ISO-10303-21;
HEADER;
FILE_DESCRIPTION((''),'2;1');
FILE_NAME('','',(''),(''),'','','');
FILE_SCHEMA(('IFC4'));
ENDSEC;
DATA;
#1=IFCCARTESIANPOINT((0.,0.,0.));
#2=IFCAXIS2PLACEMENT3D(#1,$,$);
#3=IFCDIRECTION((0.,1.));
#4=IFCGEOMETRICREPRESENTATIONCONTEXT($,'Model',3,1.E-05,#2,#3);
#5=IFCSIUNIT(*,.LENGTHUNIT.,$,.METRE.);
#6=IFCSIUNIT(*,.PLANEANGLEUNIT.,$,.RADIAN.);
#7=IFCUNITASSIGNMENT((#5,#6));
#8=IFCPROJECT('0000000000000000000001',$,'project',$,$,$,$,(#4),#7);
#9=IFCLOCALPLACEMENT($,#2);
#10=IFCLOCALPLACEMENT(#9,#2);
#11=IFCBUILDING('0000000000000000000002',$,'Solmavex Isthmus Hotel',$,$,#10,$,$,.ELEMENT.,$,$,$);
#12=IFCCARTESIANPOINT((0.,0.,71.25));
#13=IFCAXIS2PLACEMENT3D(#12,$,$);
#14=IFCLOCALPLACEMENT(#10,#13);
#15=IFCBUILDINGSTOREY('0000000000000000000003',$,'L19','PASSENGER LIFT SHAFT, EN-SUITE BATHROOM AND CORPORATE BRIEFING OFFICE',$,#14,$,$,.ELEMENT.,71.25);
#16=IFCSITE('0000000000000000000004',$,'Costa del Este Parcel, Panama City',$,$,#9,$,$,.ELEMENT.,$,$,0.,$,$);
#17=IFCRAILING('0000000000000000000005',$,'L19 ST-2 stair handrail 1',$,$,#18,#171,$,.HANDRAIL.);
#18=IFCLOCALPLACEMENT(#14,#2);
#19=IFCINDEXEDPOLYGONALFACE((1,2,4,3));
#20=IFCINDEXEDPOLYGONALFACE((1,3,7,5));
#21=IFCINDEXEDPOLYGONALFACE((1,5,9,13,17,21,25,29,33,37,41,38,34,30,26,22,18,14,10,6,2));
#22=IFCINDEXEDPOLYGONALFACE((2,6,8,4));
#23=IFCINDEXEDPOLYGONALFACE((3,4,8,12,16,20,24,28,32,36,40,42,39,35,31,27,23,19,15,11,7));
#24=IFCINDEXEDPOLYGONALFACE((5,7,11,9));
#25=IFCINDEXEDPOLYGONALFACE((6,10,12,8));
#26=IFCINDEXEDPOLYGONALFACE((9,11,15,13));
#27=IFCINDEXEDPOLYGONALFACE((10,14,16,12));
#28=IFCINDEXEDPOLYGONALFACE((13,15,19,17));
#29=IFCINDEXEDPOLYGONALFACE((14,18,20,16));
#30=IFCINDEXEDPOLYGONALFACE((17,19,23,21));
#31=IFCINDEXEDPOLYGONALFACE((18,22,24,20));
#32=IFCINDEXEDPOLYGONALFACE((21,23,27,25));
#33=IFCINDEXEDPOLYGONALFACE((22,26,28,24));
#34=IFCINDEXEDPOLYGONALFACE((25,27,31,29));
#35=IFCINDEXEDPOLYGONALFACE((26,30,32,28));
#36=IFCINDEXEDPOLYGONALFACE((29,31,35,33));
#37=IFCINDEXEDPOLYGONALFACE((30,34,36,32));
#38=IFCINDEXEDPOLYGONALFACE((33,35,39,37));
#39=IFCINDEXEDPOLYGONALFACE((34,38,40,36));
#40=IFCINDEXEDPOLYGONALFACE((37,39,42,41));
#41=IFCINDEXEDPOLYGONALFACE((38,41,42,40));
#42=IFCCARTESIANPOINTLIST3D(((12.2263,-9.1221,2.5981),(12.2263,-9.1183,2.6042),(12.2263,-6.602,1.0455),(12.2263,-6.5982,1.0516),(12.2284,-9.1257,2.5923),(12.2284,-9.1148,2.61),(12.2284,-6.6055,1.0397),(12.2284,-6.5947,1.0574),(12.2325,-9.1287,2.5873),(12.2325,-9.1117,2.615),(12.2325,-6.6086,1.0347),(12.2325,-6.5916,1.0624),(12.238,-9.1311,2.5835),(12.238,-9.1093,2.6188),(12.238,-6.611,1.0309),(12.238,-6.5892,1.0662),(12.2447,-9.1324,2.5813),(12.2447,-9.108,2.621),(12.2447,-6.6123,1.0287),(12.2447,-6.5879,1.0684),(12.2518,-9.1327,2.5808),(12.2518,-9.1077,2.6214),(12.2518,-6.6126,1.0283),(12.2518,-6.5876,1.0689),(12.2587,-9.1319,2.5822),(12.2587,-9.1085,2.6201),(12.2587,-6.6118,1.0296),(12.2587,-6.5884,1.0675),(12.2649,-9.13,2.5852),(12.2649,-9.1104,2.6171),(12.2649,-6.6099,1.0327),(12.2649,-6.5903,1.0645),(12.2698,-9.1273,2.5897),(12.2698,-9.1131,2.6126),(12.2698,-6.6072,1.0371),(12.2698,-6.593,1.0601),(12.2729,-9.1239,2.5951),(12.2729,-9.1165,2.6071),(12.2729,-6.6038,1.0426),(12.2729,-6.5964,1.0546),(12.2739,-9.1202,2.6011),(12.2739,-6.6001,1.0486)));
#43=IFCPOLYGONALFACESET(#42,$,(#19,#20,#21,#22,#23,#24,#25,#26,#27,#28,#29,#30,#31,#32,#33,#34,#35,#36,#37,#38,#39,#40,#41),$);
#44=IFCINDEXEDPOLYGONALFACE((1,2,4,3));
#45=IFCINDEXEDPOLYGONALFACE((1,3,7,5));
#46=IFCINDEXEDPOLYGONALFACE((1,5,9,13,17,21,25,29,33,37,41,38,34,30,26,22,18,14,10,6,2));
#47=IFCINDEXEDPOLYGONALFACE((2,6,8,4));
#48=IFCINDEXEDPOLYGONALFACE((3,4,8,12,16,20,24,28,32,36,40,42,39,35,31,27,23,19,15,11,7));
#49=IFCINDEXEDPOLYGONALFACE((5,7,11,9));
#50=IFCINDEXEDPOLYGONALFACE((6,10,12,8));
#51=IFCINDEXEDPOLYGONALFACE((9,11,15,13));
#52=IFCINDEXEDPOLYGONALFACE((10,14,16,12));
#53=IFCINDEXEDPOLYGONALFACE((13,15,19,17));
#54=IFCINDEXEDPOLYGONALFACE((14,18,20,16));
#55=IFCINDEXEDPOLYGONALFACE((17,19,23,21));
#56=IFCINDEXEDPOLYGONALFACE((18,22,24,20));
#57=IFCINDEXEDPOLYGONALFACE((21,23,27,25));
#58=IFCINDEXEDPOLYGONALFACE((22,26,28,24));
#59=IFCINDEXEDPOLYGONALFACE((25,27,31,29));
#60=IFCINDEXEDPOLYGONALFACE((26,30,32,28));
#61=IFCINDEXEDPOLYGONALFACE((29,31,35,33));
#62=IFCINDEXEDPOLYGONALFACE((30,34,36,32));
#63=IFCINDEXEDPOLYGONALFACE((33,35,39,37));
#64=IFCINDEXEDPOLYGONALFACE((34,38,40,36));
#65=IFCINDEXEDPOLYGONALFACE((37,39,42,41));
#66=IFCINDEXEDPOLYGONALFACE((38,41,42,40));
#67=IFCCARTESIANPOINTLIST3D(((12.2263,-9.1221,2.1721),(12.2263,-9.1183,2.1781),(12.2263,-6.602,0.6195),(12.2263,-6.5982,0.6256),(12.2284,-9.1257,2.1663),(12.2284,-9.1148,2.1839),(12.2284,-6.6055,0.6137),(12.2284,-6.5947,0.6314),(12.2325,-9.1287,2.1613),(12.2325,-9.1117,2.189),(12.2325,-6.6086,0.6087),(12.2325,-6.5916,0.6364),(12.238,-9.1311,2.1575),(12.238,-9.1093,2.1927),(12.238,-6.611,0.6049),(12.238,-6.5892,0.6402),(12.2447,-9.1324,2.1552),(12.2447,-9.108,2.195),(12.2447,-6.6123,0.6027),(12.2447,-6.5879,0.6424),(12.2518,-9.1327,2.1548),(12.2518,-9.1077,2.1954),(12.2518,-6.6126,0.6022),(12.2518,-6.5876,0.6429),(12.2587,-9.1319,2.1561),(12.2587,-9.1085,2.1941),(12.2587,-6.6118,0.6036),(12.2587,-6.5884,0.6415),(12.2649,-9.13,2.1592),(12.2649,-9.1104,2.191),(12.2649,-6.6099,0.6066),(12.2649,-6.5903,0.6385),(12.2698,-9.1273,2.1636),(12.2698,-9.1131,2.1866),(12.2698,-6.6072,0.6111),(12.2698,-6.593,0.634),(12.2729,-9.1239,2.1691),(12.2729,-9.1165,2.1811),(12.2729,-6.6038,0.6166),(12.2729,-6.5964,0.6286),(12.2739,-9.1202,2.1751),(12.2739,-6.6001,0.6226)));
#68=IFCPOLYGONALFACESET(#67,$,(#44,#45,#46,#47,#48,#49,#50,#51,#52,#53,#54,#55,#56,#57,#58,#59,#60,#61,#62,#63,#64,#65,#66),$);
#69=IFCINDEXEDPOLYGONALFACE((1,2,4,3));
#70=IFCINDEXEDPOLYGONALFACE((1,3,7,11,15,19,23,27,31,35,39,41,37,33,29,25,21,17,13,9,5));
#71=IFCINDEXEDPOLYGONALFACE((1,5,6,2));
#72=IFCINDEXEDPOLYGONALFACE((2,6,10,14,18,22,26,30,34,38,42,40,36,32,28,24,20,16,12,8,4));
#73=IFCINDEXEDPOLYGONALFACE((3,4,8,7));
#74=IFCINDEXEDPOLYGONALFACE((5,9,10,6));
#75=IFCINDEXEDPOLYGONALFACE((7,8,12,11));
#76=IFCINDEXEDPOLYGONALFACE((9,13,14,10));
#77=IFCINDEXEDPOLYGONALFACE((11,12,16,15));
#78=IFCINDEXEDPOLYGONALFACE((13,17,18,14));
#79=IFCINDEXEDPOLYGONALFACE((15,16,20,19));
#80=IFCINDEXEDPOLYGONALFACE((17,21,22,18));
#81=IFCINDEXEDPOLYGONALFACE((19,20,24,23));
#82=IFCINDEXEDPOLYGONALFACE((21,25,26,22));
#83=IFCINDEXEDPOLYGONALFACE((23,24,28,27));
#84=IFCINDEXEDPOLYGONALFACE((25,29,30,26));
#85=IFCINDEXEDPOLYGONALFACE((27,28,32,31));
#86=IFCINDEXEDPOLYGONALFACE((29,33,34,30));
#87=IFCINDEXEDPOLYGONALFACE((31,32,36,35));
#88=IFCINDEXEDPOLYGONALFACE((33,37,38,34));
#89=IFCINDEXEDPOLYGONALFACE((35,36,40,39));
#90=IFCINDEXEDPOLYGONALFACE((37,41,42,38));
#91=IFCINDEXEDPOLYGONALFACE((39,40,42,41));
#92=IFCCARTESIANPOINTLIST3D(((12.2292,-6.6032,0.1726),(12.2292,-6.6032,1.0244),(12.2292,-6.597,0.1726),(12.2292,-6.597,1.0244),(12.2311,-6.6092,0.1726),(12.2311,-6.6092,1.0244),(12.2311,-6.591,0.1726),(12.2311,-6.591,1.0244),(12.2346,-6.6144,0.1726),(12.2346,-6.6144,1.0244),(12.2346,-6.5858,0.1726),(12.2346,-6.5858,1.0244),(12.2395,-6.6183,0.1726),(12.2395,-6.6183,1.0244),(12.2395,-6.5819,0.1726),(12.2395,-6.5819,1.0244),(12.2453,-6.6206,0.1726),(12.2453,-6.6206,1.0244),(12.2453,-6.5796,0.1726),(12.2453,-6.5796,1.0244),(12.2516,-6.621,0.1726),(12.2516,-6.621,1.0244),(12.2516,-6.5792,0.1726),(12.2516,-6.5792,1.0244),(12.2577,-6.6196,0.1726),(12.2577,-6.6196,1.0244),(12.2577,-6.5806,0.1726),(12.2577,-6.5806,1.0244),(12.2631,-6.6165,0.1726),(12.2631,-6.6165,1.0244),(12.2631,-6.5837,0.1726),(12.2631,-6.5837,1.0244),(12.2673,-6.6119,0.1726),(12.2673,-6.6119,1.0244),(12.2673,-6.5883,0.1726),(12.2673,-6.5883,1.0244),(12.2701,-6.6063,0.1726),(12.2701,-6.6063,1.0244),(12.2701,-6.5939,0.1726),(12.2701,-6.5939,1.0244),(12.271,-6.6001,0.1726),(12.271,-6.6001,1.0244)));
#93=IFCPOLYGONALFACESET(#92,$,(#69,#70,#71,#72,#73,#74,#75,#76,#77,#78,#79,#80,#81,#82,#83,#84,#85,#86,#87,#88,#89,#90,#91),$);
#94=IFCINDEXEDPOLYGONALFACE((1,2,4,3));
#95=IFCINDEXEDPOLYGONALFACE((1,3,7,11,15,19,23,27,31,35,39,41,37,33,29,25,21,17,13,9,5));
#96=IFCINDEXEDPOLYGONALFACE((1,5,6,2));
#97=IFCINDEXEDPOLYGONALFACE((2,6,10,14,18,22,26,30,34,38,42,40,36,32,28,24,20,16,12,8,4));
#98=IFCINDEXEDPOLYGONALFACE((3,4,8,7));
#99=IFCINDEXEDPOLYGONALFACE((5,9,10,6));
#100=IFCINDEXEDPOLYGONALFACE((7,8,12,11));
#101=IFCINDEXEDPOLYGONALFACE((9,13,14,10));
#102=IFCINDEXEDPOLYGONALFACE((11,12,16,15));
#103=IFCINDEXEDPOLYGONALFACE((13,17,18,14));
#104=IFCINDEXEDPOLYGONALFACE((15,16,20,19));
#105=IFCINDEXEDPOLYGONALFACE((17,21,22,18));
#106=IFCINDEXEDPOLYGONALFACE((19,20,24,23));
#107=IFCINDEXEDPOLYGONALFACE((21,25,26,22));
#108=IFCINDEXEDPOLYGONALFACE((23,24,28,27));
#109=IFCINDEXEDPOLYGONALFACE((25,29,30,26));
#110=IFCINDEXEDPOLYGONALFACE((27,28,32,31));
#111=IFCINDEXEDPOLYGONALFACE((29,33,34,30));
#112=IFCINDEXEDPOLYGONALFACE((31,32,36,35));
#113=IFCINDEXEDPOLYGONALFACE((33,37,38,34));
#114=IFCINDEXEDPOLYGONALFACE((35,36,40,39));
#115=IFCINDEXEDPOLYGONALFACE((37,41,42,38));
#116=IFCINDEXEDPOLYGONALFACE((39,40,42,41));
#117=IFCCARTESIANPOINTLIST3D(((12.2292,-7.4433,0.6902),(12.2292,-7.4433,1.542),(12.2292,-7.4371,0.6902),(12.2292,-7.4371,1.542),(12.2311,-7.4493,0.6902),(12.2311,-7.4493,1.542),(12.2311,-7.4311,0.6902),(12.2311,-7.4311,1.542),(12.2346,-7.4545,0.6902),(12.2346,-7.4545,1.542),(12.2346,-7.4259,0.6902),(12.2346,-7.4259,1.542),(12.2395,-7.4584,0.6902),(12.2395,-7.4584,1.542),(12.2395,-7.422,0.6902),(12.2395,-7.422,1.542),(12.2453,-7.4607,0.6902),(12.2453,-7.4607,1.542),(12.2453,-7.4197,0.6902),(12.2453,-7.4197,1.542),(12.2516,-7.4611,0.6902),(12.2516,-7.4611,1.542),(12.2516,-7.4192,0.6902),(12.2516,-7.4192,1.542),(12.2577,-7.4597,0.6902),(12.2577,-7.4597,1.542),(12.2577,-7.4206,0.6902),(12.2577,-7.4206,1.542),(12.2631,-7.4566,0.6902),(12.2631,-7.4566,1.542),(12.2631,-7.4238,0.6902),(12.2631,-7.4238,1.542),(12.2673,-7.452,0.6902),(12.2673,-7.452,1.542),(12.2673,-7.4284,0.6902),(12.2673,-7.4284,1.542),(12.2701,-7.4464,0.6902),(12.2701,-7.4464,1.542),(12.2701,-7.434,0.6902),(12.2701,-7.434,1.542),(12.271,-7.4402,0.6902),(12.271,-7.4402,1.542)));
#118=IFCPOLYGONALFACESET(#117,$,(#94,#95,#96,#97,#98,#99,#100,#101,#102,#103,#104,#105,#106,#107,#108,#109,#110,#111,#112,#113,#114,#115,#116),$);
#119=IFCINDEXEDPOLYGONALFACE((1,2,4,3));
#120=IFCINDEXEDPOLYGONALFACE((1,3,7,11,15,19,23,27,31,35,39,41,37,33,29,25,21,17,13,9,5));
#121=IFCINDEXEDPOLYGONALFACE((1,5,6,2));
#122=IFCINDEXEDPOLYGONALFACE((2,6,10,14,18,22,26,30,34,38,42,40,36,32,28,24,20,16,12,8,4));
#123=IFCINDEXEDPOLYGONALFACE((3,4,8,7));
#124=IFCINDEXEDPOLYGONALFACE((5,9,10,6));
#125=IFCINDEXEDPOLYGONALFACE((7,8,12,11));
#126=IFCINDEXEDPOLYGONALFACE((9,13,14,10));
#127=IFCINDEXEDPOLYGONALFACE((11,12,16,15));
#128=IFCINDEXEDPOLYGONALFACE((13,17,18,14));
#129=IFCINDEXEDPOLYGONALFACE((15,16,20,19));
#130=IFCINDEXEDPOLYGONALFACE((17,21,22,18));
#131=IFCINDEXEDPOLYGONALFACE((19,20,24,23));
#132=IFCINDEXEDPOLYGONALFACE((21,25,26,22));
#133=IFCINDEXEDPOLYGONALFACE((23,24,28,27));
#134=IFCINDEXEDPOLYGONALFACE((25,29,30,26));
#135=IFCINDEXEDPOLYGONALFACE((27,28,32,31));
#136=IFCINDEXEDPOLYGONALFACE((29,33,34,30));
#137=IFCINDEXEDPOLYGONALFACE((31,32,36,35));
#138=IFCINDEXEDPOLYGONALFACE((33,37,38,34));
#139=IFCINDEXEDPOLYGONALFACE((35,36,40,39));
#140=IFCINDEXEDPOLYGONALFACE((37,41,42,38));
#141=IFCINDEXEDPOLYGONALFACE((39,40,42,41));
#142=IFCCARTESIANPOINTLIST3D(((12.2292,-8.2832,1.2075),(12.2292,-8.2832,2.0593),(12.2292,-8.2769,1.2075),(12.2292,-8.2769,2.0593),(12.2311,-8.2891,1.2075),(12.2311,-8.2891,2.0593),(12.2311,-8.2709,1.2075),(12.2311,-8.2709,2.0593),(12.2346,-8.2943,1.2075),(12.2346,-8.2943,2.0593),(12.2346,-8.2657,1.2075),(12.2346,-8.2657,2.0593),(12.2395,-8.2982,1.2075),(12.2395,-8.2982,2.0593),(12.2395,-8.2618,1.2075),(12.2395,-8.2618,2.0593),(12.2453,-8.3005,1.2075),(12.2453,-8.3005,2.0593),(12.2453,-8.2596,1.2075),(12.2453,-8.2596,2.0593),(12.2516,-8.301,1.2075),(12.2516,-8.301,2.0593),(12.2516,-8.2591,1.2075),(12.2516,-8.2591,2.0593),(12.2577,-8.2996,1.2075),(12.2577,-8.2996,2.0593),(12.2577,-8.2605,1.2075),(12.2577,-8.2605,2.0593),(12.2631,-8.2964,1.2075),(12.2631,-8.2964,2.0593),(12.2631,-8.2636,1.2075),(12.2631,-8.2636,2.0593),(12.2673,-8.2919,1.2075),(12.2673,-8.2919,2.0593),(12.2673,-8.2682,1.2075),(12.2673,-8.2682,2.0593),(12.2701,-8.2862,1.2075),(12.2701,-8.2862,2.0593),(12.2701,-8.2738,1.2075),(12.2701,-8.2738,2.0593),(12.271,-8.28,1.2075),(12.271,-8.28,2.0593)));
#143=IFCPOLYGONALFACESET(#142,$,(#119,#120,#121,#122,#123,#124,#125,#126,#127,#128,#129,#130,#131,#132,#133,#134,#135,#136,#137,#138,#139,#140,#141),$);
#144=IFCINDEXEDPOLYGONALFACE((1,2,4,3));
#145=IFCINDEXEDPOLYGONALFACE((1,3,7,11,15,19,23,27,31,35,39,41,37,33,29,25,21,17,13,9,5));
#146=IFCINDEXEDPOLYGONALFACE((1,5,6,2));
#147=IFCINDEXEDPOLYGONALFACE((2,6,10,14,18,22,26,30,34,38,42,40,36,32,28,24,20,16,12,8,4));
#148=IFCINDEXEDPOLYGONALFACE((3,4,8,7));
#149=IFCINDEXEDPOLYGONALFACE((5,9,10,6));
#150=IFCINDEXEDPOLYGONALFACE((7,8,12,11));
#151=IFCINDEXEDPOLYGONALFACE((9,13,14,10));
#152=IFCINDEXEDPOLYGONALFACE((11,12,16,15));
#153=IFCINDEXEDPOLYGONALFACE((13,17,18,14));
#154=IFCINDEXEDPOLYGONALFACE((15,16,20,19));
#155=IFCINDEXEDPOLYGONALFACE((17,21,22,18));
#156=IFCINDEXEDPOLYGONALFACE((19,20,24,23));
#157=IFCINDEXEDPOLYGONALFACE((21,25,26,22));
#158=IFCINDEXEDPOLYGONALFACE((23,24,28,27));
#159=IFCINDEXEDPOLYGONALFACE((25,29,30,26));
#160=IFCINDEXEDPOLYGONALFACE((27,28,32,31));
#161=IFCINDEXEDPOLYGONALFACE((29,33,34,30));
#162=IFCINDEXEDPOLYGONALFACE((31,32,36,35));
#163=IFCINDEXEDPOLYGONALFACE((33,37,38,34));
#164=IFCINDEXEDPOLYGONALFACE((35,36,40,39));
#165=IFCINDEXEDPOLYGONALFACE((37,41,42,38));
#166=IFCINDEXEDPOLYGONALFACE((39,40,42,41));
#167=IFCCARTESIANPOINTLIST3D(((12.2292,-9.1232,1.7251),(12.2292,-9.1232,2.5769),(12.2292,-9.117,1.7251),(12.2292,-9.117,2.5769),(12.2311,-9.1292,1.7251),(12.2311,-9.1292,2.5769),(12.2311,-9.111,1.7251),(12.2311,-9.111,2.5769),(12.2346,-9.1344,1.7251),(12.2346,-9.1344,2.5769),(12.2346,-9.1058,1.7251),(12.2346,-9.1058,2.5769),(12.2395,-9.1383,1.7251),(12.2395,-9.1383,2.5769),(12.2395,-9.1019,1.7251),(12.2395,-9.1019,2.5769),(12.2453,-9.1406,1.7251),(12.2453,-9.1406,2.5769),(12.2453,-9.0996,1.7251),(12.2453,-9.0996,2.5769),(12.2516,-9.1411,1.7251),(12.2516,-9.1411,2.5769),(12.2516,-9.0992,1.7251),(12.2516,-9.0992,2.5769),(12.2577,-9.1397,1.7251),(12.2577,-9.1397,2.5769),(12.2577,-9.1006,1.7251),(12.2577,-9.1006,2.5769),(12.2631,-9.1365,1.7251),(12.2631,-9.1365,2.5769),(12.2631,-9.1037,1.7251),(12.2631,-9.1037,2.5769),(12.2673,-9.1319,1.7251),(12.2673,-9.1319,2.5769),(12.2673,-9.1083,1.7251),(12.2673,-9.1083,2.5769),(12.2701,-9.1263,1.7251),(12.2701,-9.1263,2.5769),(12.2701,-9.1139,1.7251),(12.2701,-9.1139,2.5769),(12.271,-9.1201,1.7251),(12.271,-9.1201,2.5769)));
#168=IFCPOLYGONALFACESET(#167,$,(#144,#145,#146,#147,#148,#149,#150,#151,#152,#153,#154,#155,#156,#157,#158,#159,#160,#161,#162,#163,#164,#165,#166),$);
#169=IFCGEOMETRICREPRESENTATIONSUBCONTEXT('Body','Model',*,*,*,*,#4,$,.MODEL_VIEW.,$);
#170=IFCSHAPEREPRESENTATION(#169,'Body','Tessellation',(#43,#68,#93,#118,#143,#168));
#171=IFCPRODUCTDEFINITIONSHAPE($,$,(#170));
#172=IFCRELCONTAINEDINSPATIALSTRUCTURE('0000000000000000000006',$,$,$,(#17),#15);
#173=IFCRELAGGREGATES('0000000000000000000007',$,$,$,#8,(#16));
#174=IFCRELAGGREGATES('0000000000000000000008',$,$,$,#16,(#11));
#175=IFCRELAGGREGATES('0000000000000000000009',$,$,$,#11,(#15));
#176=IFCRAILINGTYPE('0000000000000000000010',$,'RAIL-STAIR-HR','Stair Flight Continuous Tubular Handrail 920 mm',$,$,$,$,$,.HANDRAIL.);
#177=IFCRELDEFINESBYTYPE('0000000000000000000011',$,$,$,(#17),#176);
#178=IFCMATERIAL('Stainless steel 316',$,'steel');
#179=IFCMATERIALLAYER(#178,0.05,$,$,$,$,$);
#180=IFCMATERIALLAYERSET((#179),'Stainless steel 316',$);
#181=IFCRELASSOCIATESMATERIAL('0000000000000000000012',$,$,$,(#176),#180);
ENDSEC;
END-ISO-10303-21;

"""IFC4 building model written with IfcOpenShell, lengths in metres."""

from ifc_helpers import new_model, si_unit, direction, frame, origin, origin_2d, place, context, subcontext, project, spatial, circle, extrude, material, layer, layer_set, type_object, element, save


model = new_model("IFC4")

# Units and contexts
model_context = context("Model", 3, precision=1e-05, world=origin(), true_north=direction((0.0, 1.0)))
body_context = subcontext(model_context, "Body", "Model", "MODEL_VIEW")
ifc_project = project(units=[si_unit("LENGTHUNIT", "METRE"), si_unit("PLANEANGLEUNIT", "RADIAN")], contexts=[model_context])

# Site, building, storey
site_placement = place(None, origin())
site = spatial("IfcSite", under=ifc_project, at=site_placement, Name="Costa del Este Parcel, Panama City", CompositionType="ELEMENT", RefElevation=0.0)
building_placement = place(site_placement, origin())
building = spatial("IfcBuilding", under=site, at=building_placement, Name="Solmavex Isthmus Hotel", CompositionType="ELEMENT")
storey_placement = place(building_placement, frame((0.0, 0.0, 71.25)))
storey = spatial("IfcBuildingStorey", under=building, at=storey_placement, Name="L19", Description="PASSENGER LIFT SHAFT, EN-SUITE BATHROOM AND CORPORATE BRIEFING OFFICE", CompositionType="ELEMENT", Elevation=71.25)

# Railing
ifc_material_1 = material(Name="Stainless steel 316", Category="steel")
ifc_layer_1 = layer(ifc_material_1, 0.05)
ifc_layer_set_1 = layer_set([ifc_layer_1], Name="Stainless steel 316")
railing_type_1 = type_object("IfcRailingType", Name="RAIL-STAIR-HR", Description="Stair Flight Continuous Tubular Handrail 920 mm", PredefinedType="HANDRAIL", material=ifc_layer_set_1)
railing_1_placement = place(storey_placement, frame((12.25, -6.6001, 0.1726)))
element("IfcRailing", 1, at=railing_1_placement, inside=storey, type_object=railing_type_1, Name="L19 ST-2 stair handrail 1", PredefinedType="HANDRAIL", context=body_context, shape_type="SweptSolid", body=[
    extrude(circle(Radius=0.0239, at=origin_2d()), frame((0.0, 0.0, 0.876), z_axis=(0.0, -0.8514, 0.524516), x_axis=(1.0, 0.0, 0.0)), (0.0, 0.0, 1.0), 2.96),
    extrude(circle(Radius=0.0239, at=origin_2d()), frame((0.0, 0.0, 0.45), z_axis=(0.0, -0.8514, 0.524516), x_axis=(1.0, 0.0, 0.0)), (0.0, 0.0, 1.0), 2.96),
    extrude(circle(Radius=0.021, at=origin_2d()), origin(), (0.0, 0.0, 1.0), 0.8518),
    extrude(circle(Radius=0.021, at=origin_2d()), frame((0.0, -0.8401, 0.5176)), (0.0, 0.0, 1.0), 0.8518),
    extrude(circle(Radius=0.021, at=origin_2d()), frame((0.0, -1.6799, 1.0349)), (0.0, 0.0, 1.0), 0.8518),
    extrude(circle(Radius=0.021, at=origin_2d()), frame((0.0, -2.52, 1.5525)), (0.0, 0.0, 1.0), 0.8518),
])

save(model, "model.ifc")
